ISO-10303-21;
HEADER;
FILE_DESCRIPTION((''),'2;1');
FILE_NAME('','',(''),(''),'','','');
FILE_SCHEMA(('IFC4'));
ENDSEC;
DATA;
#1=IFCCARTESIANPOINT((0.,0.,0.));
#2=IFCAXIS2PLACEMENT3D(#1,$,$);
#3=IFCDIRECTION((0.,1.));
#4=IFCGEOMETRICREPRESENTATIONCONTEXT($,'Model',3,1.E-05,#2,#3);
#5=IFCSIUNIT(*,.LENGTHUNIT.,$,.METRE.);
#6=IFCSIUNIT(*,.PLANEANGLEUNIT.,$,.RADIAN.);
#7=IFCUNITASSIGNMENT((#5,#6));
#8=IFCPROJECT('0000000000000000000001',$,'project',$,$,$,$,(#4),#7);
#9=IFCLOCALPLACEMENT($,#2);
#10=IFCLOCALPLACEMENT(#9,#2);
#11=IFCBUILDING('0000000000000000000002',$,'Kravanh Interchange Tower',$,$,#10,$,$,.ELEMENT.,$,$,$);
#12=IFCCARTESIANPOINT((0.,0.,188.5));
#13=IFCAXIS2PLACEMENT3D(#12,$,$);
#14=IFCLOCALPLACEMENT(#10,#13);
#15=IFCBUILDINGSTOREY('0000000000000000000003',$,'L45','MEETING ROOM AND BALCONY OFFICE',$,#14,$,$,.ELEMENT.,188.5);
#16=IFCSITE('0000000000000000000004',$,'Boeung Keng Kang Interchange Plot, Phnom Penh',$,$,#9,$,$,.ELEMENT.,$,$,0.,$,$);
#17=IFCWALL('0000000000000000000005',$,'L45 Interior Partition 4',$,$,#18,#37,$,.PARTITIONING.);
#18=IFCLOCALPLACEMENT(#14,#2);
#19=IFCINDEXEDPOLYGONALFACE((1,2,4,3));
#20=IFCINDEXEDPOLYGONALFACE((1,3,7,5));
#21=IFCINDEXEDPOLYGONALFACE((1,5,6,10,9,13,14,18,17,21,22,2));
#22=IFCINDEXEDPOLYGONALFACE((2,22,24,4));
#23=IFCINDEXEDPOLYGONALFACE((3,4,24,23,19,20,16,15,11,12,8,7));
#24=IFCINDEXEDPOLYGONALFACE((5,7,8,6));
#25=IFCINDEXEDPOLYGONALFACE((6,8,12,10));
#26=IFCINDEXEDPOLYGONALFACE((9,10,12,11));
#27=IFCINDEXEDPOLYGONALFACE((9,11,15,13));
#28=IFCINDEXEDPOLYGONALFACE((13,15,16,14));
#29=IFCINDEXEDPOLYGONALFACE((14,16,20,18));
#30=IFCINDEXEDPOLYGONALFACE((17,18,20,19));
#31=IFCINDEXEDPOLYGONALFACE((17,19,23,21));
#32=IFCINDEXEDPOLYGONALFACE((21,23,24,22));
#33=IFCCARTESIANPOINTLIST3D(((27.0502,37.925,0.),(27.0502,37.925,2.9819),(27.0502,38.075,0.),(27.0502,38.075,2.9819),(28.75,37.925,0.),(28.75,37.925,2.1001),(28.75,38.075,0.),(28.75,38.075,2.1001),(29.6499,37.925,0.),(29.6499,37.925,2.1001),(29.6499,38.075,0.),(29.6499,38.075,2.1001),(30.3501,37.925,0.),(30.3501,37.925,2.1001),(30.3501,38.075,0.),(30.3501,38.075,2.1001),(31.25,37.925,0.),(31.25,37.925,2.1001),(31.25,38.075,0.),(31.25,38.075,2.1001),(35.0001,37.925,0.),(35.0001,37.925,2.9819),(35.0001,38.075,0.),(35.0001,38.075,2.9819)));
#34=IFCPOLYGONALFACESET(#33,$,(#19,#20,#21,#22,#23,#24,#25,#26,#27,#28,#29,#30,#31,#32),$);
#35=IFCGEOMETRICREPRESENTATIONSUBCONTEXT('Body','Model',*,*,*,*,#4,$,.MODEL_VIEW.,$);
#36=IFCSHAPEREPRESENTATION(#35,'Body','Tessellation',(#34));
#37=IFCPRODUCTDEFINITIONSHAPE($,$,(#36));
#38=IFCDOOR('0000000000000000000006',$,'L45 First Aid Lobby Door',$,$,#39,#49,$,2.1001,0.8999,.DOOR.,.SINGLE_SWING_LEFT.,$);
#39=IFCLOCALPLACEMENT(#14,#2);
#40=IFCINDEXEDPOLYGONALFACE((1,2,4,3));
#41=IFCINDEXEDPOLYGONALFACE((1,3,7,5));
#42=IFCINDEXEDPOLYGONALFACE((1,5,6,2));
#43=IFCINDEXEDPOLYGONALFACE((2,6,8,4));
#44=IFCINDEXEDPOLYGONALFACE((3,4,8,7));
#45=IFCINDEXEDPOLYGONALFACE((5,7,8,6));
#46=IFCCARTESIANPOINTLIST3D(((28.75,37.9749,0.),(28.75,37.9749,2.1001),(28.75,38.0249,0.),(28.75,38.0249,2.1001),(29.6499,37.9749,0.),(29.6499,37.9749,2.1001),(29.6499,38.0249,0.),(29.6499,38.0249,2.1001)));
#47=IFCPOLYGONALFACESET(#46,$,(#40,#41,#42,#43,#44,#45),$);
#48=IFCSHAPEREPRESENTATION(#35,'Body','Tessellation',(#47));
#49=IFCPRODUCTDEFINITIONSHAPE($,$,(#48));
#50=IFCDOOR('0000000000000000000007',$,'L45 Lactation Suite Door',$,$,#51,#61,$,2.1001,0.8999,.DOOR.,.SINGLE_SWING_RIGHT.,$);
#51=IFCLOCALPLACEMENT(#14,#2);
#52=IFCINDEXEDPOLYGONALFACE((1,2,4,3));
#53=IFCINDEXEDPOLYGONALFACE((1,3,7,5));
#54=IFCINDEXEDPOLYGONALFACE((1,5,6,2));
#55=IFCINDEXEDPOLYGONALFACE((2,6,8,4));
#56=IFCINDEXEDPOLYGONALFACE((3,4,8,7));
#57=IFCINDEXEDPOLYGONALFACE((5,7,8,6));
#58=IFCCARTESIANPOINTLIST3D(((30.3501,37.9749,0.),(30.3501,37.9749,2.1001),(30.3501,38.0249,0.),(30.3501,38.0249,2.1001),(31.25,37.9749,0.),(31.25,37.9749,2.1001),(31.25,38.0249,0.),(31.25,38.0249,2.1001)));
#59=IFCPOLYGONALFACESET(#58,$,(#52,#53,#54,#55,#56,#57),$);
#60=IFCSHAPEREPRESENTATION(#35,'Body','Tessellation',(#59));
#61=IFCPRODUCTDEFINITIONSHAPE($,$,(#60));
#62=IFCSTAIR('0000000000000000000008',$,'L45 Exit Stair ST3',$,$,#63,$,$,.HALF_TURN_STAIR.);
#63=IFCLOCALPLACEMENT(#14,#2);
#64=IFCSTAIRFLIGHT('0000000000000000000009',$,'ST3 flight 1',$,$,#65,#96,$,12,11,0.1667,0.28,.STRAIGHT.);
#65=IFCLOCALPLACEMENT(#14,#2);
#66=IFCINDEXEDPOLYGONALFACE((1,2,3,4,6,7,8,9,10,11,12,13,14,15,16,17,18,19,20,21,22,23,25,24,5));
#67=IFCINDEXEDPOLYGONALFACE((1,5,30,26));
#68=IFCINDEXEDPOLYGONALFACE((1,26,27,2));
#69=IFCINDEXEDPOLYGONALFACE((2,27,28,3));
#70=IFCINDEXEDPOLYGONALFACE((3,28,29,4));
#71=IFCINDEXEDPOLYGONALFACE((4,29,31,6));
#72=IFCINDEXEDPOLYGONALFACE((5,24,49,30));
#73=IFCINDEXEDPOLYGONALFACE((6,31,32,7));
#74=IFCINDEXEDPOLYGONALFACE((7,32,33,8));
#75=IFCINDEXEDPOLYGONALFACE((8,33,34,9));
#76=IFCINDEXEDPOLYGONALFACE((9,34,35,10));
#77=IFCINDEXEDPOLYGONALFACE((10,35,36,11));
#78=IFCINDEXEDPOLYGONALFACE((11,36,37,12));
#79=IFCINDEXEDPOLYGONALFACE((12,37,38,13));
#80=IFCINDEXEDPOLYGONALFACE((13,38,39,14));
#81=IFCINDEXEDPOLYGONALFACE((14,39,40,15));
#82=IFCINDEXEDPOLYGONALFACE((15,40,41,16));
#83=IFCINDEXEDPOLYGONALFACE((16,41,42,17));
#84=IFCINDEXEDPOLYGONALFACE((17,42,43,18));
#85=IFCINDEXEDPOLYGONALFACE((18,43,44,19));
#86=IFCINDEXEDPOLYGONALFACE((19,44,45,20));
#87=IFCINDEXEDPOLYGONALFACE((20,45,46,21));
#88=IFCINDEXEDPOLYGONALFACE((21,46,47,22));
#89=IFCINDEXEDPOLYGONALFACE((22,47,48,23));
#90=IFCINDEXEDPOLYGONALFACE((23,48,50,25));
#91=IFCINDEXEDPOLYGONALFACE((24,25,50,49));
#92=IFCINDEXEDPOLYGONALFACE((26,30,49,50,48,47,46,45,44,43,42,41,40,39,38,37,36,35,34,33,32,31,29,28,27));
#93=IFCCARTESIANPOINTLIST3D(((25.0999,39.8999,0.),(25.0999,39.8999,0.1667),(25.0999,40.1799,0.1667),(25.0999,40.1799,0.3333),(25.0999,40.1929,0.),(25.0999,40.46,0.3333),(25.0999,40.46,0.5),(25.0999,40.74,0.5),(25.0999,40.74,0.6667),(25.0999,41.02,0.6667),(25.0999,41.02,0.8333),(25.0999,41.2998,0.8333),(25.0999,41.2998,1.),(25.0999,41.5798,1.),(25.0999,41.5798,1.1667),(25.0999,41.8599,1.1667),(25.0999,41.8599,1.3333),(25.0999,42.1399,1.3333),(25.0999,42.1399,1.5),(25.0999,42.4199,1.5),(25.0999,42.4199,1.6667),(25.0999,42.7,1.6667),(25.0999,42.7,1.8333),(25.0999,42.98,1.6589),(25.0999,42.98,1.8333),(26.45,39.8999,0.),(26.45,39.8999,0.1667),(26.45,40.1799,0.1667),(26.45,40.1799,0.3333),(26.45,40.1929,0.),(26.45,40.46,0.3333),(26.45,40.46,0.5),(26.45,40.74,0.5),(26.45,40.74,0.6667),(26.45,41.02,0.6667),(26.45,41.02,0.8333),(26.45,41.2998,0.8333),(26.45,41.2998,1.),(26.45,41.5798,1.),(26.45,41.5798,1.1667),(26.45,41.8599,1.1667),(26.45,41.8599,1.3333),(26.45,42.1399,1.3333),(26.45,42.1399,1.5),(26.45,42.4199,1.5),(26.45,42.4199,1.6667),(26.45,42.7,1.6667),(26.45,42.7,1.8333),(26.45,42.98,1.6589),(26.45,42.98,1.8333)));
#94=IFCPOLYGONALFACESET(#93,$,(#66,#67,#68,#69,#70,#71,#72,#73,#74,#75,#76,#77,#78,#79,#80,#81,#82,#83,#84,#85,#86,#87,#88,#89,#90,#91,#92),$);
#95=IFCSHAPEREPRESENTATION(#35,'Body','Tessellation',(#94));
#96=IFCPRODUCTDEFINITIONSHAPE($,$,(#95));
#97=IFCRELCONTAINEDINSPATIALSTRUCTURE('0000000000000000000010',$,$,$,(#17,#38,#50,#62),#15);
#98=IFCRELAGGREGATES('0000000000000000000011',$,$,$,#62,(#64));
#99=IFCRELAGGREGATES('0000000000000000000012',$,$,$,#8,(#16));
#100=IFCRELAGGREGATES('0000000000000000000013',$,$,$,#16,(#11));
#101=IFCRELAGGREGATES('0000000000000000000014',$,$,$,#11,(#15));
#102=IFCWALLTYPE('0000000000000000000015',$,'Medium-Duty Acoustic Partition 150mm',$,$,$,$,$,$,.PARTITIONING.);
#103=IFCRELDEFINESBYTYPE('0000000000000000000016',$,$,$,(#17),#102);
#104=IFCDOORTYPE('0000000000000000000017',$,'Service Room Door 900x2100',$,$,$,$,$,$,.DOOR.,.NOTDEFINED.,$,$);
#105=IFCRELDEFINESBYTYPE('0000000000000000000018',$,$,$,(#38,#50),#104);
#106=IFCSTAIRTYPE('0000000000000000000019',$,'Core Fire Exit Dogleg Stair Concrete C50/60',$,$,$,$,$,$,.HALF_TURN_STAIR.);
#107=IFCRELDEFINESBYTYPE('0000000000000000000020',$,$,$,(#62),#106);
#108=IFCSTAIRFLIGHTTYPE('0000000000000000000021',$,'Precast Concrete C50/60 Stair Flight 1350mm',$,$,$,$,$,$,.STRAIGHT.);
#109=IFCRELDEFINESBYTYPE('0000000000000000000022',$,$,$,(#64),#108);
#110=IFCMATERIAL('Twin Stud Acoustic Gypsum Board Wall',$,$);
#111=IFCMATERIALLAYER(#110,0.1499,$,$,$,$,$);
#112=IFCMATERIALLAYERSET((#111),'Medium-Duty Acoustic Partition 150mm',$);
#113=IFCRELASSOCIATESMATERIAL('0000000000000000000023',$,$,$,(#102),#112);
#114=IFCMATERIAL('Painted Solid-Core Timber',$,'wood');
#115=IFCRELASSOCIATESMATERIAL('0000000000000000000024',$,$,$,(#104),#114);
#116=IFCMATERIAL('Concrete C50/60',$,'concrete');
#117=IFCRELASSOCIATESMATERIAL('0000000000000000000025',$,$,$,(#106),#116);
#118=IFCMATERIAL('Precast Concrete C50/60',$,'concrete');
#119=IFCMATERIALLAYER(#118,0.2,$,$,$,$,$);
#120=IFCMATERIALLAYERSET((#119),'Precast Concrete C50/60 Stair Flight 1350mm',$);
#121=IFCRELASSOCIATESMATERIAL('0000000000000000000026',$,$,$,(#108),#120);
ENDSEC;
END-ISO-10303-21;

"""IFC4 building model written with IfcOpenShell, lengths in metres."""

from ifc_helpers import new_model, si_unit, direction, frame, frame_2d, origin, place, context, subcontext, project, spatial, polyline, rectangle, outline, extrude, material, layer, layer_set, type_object, element, fill, aggregate, save


model = new_model("IFC4")

# Units and contexts
model_context = context("Model", 3, precision=1e-05, world=origin(), true_north=direction((0.0, 1.0)))
body_context = subcontext(model_context, "Body", "Model", "MODEL_VIEW")
ifc_project = project(units=[si_unit("LENGTHUNIT", "METRE"), si_unit("PLANEANGLEUNIT", "RADIAN")], contexts=[model_context])

# Site, building, storey
site_placement = place(None, origin())
site = spatial("IfcSite", under=ifc_project, at=site_placement, Name="Boeung Keng Kang Interchange Plot, Phnom Penh", CompositionType="ELEMENT", RefElevation=0.0)
building_placement = place(site_placement, origin())
building = spatial("IfcBuilding", under=site, at=building_placement, Name="Kravanh Interchange Tower", CompositionType="ELEMENT")
storey_placement = place(building_placement, frame((0.0, 0.0, 188.5)))
storey = spatial("IfcBuildingStorey", under=building, at=storey_placement, Name="L45", Description="MEETING ROOM AND BALCONY OFFICE", CompositionType="ELEMENT", Elevation=188.5)

# Wall, openings, doors
ifc_material_1 = material(Name="Twin Stud Acoustic Gypsum Board Wall")
ifc_layer_1 = layer(ifc_material_1, 0.1499)
ifc_layer_set_1 = layer_set([ifc_layer_1], Name="Medium-Duty Acoustic Partition 150mm")
wall_type_1 = type_object("IfcWallType", Name="Medium-Duty Acoustic Partition 150mm", PredefinedType="PARTITIONING", material=ifc_layer_set_1)
wall_1_placement = place(storey_placement, frame((27.05, 38.0, 0.0), z_axis=(0.0, 0.0, 1.0), x_axis=(1.0, 0.0, 0.0)))
wall_1 = element("IfcWall", 1, at=wall_1_placement, inside=storey, type_object=wall_type_1, Name="L45 Interior Partition 4", PredefinedType="PARTITIONING", context=body_context, shape_type="SweptSolid", body=[
    extrude(rectangle(XDim=7.95, YDim=0.1499, at=frame_2d((3.9751, 0.0))), origin(), (0.0, 0.0, 1.0), 2.9819),
])
opening_1_placement = place(wall_1_placement, frame((1.7, 0.0, 0.0)))
opening_1 = element("IfcOpeningElement", 2, at=opening_1_placement, cuts=wall_1, PredefinedType="OPENING", context=body_context, shape_type="SweptSolid", body=[
    extrude(rectangle(XDim=0.8999, YDim=2.1001, at=frame_2d((0.45, 1.05))), frame((0.0, 0.085, 0.0), z_axis=(0.0, -1.0, 0.0), x_axis=(1.0, 0.0, 0.0)), (0.0, 0.0, 1.0), 0.1699),
])
opening_2_placement = place(wall_1_placement, frame((3.3, 0.0, 0.0)))
opening_2 = element("IfcOpeningElement", 3, at=opening_2_placement, cuts=wall_1, PredefinedType="OPENING", context=body_context, shape_type="SweptSolid", body=[
    extrude(rectangle(XDim=0.8999, YDim=2.1001, at=frame_2d((0.45, 1.05))), frame((0.0, 0.085, 0.0), z_axis=(0.0, -1.0, 0.0), x_axis=(1.0, 0.0, 0.0)), (0.0, 0.0, 1.0), 0.1699),
])
ifc_material_2 = material(Name="Painted Solid-Core Timber", Category="wood")
door_type_1 = type_object("IfcDoorType", Name="Service Room Door 900x2100", OperationType="NOTDEFINED", PredefinedType="DOOR", material=ifc_material_2)
door_1_placement = place(opening_1_placement, origin())
door_1 = element("IfcDoor", 4, at=door_1_placement, inside=storey, type_object=door_type_1, Name="L45 First Aid Lobby Door", OperationType="SINGLE_SWING_LEFT", OverallHeight=2.1001, OverallWidth=0.8999, PredefinedType="DOOR", context=body_context, shape_type="SweptSolid", body=[
    extrude(rectangle(XDim=0.8999, YDim=2.1001, at=frame_2d((0.45, 1.05))), frame((0.0, 0.0249, 0.0), z_axis=(0.0, -1.0, 0.0), x_axis=(1.0, 0.0, 0.0)), (0.0, 0.0, 1.0), 0.05),
])
fill(opening_1, door_1)
door_2_placement = place(opening_2_placement, origin())
door_2 = element("IfcDoor", 5, at=door_2_placement, inside=storey, type_object=door_type_1, Name="L45 Lactation Suite Door", OperationType="SINGLE_SWING_RIGHT", OverallHeight=2.1001, OverallWidth=0.8999, PredefinedType="DOOR", context=body_context, shape_type="SweptSolid", body=[
    extrude(rectangle(XDim=0.8999, YDim=2.1001, at=frame_2d((0.45, 1.05))), frame((0.0, 0.0249, 0.0), z_axis=(0.0, -1.0, 0.0), x_axis=(1.0, 0.0, 0.0)), (0.0, 0.0, 1.0), 0.05),
])
fill(opening_2, door_2)

# Stair, stair flight
ifc_material_3 = material(Name="Concrete C50/60", Category="concrete")
stair_type = type_object("IfcStairType", Name="Core Fire Exit Dogleg Stair Concrete C50/60", PredefinedType="HALF_TURN_STAIR", material=ifc_material_3)
stair_placement = place(storey_placement, origin())
stair = element("IfcStair", 6, at=stair_placement, inside=storey, type_object=stair_type, Name="L45 Exit Stair ST3", PredefinedType="HALF_TURN_STAIR")
ifc_material_4 = material(Name="Precast Concrete C50/60", Category="concrete")
ifc_layer_2 = layer(ifc_material_4, 0.2)
ifc_layer_set_2 = layer_set([ifc_layer_2], Name="Precast Concrete C50/60 Stair Flight 1350mm")
stair_flight_type = type_object("IfcStairFlightType", Name="Precast Concrete C50/60 Stair Flight 1350mm", PredefinedType="STRAIGHT", material=ifc_layer_set_2)
stair_flight_placement = place(storey_placement, frame((25.7749, 39.8999, 0.0), z_axis=(0.0, 0.0, 1.0), x_axis=(0.0, 1.0, 0.0)))
stair_flight = element("IfcStairFlight", 7, at=stair_flight_placement, type_object=stair_flight_type, Name="ST3 flight 1", NumberOfRisers=12, NumberOfTreads=11, PredefinedType="STRAIGHT", RiserHeight=0.1667, TreadLength=0.28, context=body_context, shape_type="SweptSolid", body=[
    extrude(outline(polyline([(0.0, 0.0), (0.0, 0.1667), (0.28, 0.1667), (0.28, 0.3333), (0.5601, 0.3333), (0.5601, 0.5), (0.8401, 0.5), (0.8401, 0.6667), (1.1201, 0.6667), (1.1201, 0.8333), (1.3999, 0.8333), (1.3999, 1.0), (1.6799, 1.0), (1.6799, 1.1667), (1.96, 1.1667), (1.96, 1.3333), (2.24, 1.3333), (2.24, 1.5), (2.52, 1.5), (2.52, 1.6667), (2.8, 1.6667), (2.8, 1.8333), (3.0801, 1.8333), (3.0801, 2.0), (3.0801, 1.6589), (0.293, 0.0), (0.0, 0.0)])), frame((0.0, 0.675, 0.0), z_axis=(0.0, -1.0, 0.0), x_axis=(1.0, 0.0, 0.0)), (0.0, 0.0, 1.0), 1.3501),
])
aggregate(stair, [stair_flight])

save(model, "model.ifc")
